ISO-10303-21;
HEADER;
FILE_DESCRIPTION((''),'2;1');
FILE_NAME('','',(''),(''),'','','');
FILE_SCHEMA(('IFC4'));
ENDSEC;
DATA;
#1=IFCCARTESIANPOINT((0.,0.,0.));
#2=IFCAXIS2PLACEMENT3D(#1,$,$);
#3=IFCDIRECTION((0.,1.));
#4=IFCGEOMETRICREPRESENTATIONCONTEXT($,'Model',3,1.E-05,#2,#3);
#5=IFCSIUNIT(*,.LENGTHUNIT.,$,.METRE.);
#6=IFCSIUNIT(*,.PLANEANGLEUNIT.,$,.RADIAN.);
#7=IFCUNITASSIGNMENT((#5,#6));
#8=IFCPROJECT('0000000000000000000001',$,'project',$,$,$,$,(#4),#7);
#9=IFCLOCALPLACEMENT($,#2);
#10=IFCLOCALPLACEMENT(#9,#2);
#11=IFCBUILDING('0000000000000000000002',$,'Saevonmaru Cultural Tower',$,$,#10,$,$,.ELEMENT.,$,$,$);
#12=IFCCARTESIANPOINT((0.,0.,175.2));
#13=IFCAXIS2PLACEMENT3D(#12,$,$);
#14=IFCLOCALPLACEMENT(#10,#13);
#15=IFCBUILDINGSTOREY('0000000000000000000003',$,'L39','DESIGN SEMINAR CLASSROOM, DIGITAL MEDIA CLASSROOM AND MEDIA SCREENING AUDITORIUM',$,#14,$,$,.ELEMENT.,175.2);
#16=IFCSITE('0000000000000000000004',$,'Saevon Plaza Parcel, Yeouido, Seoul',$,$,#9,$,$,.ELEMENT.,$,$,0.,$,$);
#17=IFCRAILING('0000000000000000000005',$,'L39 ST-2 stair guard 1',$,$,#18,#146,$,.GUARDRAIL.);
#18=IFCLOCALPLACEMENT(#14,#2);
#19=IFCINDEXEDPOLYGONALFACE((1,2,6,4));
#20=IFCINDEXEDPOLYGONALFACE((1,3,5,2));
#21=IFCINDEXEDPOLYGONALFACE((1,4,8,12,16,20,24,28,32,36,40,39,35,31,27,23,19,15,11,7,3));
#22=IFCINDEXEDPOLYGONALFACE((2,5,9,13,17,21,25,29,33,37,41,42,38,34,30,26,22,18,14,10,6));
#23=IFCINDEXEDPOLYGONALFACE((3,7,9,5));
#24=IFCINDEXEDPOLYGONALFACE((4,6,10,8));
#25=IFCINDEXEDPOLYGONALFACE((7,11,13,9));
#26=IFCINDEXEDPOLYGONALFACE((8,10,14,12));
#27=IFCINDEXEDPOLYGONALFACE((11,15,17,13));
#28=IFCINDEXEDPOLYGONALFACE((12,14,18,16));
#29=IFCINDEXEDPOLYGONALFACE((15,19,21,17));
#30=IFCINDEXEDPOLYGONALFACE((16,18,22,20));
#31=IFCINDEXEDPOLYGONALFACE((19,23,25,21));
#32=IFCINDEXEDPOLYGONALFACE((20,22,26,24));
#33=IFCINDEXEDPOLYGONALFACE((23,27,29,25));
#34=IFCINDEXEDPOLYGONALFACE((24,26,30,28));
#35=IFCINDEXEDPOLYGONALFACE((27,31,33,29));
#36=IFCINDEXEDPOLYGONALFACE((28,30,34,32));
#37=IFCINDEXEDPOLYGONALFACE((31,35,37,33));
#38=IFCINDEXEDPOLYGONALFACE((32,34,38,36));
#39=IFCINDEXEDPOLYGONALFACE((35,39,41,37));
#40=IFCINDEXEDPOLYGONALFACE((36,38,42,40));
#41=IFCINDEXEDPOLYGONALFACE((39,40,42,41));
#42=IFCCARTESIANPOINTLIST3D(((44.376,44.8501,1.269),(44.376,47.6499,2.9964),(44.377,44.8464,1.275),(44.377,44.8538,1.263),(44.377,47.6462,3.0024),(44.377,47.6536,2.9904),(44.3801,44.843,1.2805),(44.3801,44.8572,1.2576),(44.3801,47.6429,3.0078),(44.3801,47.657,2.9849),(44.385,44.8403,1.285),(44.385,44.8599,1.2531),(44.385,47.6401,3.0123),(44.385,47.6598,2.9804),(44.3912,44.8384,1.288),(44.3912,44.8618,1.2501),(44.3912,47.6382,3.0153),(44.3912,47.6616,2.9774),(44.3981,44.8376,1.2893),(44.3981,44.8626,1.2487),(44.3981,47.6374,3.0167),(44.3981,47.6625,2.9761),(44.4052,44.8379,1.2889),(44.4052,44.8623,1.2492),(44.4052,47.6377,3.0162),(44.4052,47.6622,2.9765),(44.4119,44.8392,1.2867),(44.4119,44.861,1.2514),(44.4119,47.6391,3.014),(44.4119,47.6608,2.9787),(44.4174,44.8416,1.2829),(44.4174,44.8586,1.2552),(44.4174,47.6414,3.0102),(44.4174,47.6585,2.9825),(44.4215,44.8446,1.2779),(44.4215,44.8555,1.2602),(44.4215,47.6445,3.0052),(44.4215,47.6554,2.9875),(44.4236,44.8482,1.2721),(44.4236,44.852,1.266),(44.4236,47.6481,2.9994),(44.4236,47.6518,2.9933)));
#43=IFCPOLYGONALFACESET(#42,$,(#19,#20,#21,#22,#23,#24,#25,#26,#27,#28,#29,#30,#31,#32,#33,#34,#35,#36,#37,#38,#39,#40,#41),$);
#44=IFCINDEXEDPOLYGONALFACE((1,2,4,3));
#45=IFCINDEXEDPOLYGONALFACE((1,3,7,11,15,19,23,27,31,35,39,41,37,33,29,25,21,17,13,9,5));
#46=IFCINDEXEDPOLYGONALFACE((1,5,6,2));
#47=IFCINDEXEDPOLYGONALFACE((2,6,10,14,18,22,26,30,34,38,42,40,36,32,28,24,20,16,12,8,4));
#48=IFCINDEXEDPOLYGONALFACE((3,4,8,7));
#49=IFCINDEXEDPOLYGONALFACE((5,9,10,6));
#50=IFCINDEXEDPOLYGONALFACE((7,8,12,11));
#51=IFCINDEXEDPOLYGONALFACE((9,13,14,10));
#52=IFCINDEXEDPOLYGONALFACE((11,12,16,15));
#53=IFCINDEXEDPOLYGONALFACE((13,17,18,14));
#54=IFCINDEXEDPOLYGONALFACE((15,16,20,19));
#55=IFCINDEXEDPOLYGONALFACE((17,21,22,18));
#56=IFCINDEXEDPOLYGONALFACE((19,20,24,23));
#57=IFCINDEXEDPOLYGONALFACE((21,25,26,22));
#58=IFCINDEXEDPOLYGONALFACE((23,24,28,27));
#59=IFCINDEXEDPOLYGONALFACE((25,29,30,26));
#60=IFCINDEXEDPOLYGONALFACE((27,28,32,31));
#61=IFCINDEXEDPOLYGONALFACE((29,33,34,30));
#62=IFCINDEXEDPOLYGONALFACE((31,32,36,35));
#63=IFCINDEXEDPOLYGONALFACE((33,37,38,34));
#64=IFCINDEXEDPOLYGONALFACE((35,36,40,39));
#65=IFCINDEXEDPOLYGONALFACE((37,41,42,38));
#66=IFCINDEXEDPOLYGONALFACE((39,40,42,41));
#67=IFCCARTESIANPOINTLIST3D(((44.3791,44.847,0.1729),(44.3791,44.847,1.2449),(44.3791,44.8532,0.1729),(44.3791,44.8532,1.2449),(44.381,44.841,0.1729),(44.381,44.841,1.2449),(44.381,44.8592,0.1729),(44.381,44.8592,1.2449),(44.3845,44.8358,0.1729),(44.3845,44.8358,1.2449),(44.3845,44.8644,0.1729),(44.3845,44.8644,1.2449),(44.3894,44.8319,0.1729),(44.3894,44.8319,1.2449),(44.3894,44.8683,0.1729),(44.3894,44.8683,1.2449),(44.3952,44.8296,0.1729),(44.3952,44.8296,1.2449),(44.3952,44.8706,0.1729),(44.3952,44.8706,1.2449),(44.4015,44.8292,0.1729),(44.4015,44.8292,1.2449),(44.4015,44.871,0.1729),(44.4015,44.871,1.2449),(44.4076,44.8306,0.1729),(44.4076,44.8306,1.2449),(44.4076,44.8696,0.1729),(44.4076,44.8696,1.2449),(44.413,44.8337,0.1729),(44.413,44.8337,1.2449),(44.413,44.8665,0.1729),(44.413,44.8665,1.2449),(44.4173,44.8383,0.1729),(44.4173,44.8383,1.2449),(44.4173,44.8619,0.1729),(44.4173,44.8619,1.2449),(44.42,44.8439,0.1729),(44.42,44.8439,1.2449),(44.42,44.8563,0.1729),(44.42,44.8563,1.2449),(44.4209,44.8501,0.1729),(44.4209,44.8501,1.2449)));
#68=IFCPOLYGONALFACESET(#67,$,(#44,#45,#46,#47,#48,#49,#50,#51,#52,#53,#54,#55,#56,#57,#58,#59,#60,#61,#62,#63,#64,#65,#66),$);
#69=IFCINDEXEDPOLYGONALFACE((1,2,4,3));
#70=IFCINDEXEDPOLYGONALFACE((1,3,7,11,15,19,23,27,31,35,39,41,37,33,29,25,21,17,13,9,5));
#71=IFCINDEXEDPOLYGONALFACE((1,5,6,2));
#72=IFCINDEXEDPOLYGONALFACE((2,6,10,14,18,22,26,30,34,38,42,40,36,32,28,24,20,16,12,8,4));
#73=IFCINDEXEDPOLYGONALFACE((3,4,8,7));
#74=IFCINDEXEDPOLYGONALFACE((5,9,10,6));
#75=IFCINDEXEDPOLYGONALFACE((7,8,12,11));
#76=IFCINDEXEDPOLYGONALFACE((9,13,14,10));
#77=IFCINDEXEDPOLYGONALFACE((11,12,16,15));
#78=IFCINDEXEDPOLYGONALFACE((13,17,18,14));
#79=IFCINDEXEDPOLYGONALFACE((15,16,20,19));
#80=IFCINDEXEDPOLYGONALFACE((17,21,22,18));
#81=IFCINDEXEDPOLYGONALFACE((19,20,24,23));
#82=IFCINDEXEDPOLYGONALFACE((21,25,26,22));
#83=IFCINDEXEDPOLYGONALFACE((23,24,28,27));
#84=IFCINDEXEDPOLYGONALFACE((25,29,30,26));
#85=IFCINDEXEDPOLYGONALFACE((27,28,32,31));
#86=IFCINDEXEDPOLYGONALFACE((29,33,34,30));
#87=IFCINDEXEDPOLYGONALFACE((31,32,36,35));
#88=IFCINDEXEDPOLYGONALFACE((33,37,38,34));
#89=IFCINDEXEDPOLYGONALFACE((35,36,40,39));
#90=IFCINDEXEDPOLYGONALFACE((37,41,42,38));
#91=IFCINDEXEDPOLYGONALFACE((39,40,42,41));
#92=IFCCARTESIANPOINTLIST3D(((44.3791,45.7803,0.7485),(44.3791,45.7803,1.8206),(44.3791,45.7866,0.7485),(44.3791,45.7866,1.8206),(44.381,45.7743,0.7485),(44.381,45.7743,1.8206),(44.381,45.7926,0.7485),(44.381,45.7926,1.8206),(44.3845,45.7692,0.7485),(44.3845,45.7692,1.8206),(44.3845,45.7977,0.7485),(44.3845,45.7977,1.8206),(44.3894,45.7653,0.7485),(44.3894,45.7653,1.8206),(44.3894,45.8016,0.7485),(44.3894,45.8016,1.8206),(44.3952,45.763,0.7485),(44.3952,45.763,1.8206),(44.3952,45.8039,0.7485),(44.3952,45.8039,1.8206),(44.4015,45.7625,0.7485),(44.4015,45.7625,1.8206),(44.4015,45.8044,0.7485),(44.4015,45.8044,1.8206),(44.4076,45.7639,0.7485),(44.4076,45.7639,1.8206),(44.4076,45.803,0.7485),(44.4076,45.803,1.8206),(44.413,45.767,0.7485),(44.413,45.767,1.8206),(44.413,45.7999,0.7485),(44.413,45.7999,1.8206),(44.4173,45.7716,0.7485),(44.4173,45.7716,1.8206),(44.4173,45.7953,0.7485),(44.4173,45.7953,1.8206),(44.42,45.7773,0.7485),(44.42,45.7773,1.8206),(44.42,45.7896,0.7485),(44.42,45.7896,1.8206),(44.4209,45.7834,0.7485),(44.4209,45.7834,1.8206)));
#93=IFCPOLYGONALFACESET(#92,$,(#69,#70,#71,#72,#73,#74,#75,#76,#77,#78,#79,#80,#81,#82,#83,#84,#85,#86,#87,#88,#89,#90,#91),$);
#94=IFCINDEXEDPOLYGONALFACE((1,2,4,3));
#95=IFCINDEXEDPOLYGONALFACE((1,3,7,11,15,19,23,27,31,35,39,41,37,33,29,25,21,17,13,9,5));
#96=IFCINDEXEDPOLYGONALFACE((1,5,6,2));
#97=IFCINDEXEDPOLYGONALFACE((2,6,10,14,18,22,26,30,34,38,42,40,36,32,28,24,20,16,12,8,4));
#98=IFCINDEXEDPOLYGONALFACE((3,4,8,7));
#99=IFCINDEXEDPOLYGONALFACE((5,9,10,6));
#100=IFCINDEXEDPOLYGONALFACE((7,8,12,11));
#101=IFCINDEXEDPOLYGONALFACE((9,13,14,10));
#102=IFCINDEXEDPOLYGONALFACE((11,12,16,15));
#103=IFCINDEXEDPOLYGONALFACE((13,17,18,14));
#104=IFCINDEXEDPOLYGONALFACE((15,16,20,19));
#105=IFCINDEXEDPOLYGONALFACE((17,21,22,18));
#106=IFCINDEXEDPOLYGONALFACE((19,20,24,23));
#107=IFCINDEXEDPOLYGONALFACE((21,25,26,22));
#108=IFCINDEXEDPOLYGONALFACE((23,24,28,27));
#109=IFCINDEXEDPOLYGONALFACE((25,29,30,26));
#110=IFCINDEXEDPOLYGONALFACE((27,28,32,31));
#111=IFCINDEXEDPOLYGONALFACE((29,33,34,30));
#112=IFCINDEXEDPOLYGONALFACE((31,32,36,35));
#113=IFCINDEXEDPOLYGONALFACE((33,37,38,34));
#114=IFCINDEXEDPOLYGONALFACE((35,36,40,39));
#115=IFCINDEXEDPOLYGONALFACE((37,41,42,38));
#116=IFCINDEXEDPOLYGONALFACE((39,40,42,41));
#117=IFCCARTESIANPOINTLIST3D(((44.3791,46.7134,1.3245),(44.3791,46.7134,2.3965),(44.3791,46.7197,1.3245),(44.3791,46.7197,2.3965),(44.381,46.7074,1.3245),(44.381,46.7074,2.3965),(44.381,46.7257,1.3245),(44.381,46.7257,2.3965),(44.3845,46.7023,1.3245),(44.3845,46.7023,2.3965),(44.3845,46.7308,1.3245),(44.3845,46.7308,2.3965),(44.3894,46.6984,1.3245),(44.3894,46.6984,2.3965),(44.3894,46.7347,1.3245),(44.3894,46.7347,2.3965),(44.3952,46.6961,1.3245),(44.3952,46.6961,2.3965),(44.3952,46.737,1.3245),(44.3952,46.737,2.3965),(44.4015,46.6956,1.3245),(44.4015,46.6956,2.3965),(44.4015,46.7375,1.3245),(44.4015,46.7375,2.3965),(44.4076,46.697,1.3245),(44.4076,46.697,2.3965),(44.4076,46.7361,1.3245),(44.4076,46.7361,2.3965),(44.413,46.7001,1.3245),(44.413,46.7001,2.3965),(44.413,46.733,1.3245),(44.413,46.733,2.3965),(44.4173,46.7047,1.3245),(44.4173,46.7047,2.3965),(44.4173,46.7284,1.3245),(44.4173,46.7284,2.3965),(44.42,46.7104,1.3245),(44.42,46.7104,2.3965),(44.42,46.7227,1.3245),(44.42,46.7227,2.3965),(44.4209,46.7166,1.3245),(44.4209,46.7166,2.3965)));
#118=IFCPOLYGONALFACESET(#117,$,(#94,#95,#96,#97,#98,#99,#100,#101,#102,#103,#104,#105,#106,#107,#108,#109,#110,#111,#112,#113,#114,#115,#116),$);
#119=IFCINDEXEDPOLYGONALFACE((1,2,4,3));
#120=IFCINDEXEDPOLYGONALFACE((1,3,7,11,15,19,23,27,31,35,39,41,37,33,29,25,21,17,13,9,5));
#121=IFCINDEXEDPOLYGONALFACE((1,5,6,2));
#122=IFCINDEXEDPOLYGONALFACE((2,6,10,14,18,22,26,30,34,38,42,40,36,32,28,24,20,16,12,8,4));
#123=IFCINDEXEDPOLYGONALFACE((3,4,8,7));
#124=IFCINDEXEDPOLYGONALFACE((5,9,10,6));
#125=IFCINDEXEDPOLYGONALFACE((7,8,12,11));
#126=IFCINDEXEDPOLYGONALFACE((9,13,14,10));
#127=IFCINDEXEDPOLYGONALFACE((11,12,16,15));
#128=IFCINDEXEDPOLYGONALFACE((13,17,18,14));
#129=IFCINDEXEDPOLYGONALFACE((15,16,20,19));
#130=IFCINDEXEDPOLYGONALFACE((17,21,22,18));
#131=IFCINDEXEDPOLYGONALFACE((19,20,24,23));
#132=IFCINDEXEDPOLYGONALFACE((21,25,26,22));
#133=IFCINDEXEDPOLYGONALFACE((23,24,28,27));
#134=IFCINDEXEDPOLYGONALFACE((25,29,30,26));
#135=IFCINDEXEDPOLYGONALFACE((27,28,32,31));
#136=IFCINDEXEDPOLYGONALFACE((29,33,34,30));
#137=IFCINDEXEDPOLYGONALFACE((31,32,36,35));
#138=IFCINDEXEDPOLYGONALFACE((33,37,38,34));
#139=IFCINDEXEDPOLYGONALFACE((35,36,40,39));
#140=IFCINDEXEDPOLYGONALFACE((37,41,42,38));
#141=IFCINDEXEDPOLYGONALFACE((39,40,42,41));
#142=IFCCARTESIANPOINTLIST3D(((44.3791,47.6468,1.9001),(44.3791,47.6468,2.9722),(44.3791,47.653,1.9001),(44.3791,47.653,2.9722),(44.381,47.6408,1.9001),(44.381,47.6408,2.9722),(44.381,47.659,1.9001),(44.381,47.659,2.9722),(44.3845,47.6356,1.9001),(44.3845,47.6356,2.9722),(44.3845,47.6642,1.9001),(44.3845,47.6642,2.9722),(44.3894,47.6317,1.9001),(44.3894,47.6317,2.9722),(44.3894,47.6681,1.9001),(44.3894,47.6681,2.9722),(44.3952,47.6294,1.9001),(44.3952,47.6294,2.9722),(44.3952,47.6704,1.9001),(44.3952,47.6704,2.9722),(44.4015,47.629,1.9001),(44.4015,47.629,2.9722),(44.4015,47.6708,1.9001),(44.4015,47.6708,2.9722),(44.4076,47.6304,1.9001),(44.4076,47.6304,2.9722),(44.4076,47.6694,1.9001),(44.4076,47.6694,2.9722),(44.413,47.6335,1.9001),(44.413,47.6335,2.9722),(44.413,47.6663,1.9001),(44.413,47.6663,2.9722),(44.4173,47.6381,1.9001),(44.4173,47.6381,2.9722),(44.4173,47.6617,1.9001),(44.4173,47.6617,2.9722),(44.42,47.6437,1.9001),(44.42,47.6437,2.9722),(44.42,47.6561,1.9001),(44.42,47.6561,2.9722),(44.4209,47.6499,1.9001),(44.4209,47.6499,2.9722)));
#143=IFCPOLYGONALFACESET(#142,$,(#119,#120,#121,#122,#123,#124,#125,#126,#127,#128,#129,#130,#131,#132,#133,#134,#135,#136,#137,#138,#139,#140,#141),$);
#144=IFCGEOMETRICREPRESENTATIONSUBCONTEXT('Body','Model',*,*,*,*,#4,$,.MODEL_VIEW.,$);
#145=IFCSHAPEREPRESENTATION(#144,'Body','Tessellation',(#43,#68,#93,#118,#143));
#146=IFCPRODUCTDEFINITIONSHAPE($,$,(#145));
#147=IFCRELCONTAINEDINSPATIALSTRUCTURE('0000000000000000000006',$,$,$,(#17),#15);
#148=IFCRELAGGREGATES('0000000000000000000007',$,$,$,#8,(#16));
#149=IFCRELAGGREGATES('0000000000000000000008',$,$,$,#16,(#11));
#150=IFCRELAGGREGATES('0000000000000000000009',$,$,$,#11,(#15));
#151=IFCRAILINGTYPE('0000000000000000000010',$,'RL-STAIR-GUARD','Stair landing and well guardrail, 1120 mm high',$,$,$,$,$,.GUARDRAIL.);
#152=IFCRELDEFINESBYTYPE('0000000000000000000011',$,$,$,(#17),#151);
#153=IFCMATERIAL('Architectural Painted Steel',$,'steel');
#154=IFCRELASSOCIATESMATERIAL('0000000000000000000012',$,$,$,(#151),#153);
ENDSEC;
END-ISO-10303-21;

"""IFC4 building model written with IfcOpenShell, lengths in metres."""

from ifc_helpers import new_model, si_unit, direction, frame, origin, origin_2d, place, context, subcontext, project, spatial, circle, extrude, material, type_object, element, save


model = new_model("IFC4")

# Units and contexts
model_context = context("Model", 3, precision=1e-05, world=origin(), true_north=direction((0.0, 1.0)))
body_context = subcontext(model_context, "Body", "Model", "MODEL_VIEW")
ifc_project = project(units=[si_unit("LENGTHUNIT", "METRE"), si_unit("PLANEANGLEUNIT", "RADIAN")], contexts=[model_context])

# Site, building, storey
site_placement = place(None, origin())
site = spatial("IfcSite", under=ifc_project, at=site_placement, Name="Saevon Plaza Parcel, Yeouido, Seoul", CompositionType="ELEMENT", RefElevation=0.0)
building_placement = place(site_placement, origin())
building = spatial("IfcBuilding", under=site, at=building_placement, Name="Saevonmaru Cultural Tower", CompositionType="ELEMENT")
storey_placement = place(building_placement, frame((0.0, 0.0, 175.2)))
storey = spatial("IfcBuildingStorey", under=building, at=storey_placement, Name="L39", Description="DESIGN SEMINAR CLASSROOM, DIGITAL MEDIA CLASSROOM AND MEDIA SCREENING AUDITORIUM", CompositionType="ELEMENT", Elevation=175.2)

# Railing
ifc_material_1 = material(Name="Architectural Painted Steel", Category="steel")
railing_type_1 = type_object("IfcRailingType", Name="RL-STAIR-GUARD", Description="Stair landing and well guardrail, 1120 mm high", PredefinedType="GUARDRAIL", material=ifc_material_1)
railing_1_placement = place(storey_placement, frame((44.3999, 44.8501, 0.1729)))
element("IfcRailing", 1, at=railing_1_placement, inside=storey, type_object=railing_type_1, Name="L39 ST-2 stair guard 1", PredefinedType="GUARDRAIL", context=body_context, shape_type="SweptSolid", body=[
    extrude(circle(Radius=0.0239, at=origin_2d()), frame((0.0, 0.0, 1.0962), z_axis=(0.0, 0.851069, 0.525054), x_axis=(-1.0, 0.0, 0.0)), (0.0, 0.0, 1.0), 3.2898),
    extrude(circle(Radius=0.021, at=origin_2d()), origin(), (0.0, 0.0, 1.0), 1.072),
    extrude(circle(Radius=0.021, at=origin_2d()), frame((0.0, 0.9333, 0.5757)), (0.0, 0.0, 1.0), 1.072),
    extrude(circle(Radius=0.021, at=origin_2d()), frame((0.0, 1.8665, 1.1516)), (0.0, 0.0, 1.0), 1.072),
    extrude(circle(Radius=0.021, at=origin_2d()), frame((0.0, 2.7998, 1.7273)), (0.0, 0.0, 1.0), 1.072),
])

save(model, "model.ifc")
